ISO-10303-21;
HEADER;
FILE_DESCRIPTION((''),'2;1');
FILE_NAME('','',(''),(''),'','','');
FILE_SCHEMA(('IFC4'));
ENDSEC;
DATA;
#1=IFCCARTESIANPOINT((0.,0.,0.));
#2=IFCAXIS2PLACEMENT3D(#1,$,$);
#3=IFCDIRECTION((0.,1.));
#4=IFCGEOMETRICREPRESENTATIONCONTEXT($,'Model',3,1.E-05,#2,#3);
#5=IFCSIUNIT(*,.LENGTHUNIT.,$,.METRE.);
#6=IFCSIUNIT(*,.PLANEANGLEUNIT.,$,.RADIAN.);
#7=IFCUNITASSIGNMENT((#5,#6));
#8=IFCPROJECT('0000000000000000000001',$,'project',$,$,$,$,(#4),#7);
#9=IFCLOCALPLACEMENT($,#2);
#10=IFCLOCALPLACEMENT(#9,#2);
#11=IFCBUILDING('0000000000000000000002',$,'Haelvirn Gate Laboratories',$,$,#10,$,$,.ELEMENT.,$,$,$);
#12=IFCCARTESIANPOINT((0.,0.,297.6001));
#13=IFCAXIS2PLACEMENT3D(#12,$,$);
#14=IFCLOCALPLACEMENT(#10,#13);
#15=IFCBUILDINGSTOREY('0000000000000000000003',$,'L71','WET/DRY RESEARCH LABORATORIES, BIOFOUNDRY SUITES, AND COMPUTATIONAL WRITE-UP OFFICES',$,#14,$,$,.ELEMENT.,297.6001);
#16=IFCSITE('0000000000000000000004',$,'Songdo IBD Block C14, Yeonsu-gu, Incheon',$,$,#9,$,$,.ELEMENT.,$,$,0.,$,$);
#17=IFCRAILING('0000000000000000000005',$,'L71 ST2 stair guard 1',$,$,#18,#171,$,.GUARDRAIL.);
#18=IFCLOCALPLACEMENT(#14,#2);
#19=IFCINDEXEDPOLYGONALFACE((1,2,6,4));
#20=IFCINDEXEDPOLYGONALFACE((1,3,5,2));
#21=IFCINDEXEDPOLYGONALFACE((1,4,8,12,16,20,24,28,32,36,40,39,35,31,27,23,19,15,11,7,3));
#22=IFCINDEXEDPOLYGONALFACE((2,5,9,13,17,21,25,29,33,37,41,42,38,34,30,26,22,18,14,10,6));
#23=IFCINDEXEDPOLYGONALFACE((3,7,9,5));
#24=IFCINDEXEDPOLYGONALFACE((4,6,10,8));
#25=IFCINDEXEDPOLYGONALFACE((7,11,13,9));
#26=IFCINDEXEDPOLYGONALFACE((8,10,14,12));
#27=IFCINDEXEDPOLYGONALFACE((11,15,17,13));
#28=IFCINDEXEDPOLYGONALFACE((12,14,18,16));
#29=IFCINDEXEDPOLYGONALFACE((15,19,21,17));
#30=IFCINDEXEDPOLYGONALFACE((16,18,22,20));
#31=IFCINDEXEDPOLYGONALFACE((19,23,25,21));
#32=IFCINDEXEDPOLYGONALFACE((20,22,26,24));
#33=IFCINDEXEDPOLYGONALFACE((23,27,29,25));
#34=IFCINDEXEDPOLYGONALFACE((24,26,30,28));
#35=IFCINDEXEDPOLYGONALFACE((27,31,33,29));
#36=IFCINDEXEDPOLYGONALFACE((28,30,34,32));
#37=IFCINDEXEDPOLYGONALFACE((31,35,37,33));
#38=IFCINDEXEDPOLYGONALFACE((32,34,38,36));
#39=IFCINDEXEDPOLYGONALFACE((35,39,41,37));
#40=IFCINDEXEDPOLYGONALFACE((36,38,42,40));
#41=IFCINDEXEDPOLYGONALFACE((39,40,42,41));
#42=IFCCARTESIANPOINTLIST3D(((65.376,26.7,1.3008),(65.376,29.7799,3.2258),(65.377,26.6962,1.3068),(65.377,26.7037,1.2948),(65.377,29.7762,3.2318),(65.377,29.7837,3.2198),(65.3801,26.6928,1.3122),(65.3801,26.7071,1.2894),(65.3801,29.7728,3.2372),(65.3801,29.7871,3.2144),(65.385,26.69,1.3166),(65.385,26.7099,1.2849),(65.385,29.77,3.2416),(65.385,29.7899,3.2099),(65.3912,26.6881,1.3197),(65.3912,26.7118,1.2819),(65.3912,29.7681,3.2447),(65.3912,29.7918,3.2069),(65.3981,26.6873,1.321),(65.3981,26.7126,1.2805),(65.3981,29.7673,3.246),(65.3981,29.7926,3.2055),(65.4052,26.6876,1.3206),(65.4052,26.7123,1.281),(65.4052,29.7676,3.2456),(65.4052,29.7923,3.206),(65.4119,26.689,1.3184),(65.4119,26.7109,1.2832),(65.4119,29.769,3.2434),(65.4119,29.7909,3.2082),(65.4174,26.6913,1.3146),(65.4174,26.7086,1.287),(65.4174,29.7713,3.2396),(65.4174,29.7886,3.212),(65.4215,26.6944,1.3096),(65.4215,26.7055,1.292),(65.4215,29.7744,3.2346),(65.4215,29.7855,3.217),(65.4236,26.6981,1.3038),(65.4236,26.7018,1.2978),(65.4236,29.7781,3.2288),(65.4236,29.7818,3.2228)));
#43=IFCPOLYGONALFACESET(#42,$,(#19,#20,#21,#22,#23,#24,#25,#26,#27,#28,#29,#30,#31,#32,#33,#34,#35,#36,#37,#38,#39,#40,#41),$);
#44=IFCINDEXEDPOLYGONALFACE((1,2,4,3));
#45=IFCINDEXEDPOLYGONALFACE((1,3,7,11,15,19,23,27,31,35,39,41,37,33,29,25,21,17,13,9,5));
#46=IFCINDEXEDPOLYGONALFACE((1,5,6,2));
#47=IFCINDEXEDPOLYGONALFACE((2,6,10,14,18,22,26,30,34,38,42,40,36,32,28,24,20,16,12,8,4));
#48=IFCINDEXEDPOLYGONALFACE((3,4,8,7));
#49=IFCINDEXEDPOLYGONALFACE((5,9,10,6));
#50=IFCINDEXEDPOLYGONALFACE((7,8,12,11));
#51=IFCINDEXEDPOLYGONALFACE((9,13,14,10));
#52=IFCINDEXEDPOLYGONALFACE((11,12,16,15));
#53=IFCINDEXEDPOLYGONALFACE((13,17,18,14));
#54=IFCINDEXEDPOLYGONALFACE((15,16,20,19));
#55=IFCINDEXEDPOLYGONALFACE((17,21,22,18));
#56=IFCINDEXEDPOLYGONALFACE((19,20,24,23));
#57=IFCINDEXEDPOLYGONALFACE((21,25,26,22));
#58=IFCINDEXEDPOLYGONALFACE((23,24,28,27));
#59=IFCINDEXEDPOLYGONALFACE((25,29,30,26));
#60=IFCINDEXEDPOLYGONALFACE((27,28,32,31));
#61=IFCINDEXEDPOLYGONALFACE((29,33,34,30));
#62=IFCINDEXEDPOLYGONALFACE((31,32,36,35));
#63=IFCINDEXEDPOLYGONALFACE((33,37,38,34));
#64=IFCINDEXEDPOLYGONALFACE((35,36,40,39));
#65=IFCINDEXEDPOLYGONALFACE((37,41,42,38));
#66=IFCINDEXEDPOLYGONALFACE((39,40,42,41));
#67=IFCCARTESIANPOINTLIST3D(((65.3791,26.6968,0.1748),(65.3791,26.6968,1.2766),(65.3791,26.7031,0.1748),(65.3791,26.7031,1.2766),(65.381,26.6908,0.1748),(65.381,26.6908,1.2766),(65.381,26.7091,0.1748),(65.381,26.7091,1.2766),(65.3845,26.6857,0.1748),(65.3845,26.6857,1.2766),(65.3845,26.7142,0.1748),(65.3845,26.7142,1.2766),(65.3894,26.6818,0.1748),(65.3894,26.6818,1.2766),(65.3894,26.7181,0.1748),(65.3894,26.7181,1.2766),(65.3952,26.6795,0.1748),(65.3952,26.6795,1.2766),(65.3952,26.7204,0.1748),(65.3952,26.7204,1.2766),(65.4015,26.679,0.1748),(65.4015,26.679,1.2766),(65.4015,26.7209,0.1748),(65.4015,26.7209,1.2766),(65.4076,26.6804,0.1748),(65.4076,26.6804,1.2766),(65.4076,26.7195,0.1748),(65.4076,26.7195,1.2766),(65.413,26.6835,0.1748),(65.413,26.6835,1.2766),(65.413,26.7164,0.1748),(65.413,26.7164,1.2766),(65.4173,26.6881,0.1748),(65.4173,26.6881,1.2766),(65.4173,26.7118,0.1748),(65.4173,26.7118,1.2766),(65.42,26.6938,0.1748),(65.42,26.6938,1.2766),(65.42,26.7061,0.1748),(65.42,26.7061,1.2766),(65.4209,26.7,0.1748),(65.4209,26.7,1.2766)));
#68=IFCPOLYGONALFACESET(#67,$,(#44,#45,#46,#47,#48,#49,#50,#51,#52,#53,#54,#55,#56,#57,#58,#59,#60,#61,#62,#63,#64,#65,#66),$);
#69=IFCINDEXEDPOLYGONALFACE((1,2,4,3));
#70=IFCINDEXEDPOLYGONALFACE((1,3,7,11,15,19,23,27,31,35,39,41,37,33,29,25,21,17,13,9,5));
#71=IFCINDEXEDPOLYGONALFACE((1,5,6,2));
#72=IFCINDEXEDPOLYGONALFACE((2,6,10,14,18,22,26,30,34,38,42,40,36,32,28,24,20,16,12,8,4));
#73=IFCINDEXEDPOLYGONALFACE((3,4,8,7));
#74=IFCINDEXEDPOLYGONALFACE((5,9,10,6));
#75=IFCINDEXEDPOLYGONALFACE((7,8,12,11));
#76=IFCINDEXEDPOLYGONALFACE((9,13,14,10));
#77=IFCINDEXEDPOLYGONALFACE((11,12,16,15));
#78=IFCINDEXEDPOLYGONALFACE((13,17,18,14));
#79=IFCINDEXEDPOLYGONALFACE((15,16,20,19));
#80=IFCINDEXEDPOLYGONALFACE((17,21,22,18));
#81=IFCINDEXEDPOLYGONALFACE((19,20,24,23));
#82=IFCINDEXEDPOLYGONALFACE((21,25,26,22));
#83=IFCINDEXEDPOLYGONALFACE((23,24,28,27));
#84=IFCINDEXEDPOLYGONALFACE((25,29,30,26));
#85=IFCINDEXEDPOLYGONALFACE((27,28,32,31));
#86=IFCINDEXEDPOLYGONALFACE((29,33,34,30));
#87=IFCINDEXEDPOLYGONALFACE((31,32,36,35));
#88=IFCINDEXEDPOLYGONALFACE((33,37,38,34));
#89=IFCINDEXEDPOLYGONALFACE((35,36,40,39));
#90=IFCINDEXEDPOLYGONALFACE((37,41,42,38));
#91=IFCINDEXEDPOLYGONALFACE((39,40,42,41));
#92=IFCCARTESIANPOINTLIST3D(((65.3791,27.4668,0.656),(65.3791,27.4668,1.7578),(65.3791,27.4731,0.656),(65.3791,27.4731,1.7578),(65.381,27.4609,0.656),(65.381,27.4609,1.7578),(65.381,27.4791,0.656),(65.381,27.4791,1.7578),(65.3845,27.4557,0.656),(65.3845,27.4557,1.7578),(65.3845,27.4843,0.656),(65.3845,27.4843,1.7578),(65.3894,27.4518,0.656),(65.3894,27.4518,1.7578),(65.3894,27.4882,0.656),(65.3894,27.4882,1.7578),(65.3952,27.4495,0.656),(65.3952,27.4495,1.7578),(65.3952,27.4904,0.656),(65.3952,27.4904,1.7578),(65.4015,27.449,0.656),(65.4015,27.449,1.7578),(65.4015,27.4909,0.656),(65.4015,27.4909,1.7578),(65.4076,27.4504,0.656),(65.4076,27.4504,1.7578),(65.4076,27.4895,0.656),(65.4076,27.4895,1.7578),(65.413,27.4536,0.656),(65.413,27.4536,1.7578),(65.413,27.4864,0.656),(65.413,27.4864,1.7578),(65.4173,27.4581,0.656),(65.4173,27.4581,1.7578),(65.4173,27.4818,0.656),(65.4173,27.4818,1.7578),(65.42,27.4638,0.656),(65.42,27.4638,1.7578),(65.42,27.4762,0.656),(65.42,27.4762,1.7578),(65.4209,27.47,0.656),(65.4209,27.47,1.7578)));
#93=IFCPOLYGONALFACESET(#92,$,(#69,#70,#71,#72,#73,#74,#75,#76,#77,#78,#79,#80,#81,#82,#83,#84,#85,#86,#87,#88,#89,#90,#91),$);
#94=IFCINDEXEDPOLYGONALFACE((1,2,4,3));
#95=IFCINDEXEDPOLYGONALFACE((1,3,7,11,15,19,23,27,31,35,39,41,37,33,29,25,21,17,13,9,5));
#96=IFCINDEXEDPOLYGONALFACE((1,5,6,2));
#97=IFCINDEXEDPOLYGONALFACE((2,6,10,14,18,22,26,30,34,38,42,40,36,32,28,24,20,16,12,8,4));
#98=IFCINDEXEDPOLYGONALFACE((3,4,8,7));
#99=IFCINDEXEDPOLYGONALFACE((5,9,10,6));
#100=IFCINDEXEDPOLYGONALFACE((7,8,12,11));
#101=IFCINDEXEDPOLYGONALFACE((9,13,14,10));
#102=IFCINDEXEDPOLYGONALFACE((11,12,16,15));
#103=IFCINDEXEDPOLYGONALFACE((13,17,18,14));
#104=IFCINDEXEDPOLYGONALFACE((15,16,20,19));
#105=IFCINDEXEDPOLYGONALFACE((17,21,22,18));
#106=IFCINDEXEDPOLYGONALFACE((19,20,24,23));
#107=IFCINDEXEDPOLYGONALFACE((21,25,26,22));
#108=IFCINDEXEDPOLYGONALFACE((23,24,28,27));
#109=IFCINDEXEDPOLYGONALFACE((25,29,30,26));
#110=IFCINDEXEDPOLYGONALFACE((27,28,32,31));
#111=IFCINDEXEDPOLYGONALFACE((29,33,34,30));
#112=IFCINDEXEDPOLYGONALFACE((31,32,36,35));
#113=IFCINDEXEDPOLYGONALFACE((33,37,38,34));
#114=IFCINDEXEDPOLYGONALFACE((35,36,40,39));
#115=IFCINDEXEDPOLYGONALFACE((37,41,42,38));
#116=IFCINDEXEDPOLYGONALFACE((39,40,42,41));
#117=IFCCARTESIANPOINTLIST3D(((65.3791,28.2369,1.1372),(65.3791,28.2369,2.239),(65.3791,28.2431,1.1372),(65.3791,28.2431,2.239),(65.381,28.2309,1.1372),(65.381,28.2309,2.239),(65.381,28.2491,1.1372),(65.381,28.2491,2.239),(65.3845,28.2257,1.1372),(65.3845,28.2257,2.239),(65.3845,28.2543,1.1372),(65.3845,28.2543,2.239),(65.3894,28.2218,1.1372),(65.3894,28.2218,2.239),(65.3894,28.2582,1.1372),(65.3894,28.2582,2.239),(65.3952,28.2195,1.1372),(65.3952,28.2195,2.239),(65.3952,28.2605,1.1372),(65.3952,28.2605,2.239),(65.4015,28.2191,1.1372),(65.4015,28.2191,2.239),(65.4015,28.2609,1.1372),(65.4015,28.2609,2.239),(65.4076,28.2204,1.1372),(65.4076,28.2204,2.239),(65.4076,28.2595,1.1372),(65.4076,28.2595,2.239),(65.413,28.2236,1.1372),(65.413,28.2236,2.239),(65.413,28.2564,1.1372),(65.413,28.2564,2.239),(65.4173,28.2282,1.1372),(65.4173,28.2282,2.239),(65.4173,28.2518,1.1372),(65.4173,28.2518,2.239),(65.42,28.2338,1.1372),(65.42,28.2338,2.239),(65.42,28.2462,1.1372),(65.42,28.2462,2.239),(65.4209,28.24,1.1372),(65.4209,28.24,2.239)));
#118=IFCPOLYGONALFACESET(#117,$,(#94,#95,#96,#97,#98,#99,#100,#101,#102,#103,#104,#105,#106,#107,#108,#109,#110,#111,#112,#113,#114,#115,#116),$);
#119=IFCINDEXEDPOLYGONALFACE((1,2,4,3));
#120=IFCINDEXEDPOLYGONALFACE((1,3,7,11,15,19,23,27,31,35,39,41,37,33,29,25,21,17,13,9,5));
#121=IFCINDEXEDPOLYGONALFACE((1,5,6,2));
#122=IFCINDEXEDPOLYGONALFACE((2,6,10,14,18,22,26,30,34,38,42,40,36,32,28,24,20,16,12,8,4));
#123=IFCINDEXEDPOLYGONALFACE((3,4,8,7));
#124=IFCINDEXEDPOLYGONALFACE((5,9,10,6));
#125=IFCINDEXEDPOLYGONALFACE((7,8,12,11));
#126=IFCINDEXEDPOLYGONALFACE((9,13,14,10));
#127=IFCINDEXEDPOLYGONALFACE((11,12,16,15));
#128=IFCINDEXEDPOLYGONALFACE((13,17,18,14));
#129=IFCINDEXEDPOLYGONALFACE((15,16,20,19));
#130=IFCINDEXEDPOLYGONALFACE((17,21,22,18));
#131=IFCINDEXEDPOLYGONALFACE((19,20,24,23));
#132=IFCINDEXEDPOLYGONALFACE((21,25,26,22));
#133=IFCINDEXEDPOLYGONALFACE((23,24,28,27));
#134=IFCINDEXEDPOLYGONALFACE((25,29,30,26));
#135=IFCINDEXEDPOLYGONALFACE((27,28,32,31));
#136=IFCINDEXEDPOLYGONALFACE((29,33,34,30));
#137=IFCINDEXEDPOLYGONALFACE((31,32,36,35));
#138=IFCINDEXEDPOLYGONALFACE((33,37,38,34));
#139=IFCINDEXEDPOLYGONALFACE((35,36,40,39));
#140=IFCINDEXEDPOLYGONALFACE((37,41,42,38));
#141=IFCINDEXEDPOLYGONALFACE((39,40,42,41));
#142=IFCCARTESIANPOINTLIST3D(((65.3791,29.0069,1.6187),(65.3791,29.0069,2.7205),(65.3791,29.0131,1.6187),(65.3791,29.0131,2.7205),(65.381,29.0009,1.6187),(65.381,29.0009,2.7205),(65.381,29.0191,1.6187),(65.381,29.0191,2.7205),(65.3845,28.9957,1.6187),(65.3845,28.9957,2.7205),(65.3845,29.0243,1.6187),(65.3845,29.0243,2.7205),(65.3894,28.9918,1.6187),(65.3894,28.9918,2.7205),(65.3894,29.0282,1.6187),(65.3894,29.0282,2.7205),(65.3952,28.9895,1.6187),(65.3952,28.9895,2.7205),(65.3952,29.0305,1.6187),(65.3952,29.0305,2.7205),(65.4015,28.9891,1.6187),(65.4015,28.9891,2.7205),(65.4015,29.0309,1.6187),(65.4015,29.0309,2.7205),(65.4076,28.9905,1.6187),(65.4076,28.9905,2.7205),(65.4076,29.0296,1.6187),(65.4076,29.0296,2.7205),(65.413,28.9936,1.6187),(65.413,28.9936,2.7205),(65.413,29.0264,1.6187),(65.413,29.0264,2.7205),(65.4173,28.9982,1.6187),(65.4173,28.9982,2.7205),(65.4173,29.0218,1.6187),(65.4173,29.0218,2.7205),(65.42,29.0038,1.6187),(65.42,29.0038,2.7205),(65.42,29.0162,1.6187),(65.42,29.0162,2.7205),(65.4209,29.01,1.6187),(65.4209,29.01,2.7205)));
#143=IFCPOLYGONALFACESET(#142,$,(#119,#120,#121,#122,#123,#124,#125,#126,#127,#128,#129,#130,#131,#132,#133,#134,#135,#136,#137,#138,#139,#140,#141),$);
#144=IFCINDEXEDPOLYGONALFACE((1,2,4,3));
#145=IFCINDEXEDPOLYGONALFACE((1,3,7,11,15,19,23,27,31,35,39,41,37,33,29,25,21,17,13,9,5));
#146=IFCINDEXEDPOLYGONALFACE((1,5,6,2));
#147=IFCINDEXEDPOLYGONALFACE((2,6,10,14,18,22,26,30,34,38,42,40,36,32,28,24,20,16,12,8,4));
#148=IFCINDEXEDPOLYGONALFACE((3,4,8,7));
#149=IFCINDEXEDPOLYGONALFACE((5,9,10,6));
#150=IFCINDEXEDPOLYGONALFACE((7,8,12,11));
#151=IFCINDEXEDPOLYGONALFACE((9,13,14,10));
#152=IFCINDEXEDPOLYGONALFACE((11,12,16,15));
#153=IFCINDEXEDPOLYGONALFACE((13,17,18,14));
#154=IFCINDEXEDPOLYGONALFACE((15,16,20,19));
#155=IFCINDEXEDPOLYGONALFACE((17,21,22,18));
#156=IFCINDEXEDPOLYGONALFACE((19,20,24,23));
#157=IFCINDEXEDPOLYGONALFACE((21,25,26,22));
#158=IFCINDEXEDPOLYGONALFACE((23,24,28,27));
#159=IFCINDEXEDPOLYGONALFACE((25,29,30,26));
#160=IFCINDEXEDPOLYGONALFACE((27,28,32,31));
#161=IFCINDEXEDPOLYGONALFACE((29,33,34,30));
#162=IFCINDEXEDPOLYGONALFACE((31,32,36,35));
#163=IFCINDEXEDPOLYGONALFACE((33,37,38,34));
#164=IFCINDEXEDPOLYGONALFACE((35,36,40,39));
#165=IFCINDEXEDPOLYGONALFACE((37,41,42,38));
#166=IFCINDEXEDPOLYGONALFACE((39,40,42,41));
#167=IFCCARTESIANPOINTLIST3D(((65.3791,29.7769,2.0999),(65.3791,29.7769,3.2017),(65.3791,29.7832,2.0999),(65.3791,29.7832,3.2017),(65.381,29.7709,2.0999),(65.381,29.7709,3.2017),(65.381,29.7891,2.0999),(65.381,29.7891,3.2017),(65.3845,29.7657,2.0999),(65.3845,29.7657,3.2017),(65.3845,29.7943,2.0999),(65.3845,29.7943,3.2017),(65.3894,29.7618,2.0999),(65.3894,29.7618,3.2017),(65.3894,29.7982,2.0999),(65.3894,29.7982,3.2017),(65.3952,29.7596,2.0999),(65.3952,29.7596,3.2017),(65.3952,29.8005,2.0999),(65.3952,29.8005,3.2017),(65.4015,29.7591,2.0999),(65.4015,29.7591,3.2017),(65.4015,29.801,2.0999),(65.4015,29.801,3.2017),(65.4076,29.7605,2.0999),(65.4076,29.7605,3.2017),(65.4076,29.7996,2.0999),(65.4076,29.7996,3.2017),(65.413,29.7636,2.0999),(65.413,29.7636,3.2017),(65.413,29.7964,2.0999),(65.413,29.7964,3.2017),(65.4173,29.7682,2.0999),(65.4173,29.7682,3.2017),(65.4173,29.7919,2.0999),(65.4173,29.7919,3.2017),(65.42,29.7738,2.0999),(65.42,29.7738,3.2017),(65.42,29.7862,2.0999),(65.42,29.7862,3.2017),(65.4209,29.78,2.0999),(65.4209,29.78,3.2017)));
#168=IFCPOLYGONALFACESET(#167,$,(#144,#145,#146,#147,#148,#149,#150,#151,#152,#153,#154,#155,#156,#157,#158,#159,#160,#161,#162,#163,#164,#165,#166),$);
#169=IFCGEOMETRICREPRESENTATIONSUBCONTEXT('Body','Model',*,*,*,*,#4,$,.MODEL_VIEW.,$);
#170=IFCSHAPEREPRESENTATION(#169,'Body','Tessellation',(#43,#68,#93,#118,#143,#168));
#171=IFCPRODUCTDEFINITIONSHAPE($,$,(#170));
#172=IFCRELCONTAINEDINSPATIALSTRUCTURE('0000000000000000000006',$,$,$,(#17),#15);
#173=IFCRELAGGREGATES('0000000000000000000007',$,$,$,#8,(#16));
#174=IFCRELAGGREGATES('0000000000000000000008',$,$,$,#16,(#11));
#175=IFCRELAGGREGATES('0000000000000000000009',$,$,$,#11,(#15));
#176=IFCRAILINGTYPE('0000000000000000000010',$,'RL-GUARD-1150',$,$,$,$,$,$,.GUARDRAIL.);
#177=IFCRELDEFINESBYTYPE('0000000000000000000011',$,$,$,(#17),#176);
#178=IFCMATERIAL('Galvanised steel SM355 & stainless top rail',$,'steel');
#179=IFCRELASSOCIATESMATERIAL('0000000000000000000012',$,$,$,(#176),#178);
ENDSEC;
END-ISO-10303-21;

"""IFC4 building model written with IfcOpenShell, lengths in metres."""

from ifc_helpers import new_model, si_unit, direction, frame, origin, origin_2d, place, context, subcontext, project, spatial, circle, extrude, source, transform, mapped, material, type_object, element, save


model = new_model("IFC4")

# Units and contexts
model_context = context("Model", 3, precision=1e-05, world=origin(), true_north=direction((0.0, 1.0)))
body_context = subcontext(model_context, "Body", "Model", "MODEL_VIEW")
ifc_project = project(units=[si_unit("LENGTHUNIT", "METRE"), si_unit("PLANEANGLEUNIT", "RADIAN")], contexts=[model_context])

# Site, building, storey
site_placement = place(None, origin())
site = spatial("IfcSite", under=ifc_project, at=site_placement, Name="Songdo IBD Block C14, Yeonsu-gu, Incheon", CompositionType="ELEMENT", RefElevation=0.0)
building_placement = place(site_placement, origin())
building = spatial("IfcBuilding", under=site, at=building_placement, Name="Haelvirn Gate Laboratories", CompositionType="ELEMENT")
storey_placement = place(building_placement, frame((0.0, 0.0, 297.6001)))
storey = spatial("IfcBuildingStorey", under=building, at=storey_placement, Name="L71", Description="WET/DRY RESEARCH LABORATORIES, BIOFOUNDRY SUITES, AND COMPUTATIONAL WRITE-UP OFFICES", CompositionType="ELEMENT", Elevation=297.6001)

# Railing
ifc_material_1 = material(Name="Galvanised steel SM355 & stainless top rail", Category="steel")
railing_type_1 = type_object("IfcRailingType", Name="RL-GUARD-1150", PredefinedType="GUARDRAIL", material=ifc_material_1)
shared_shape_1 = source(origin(), body_context, "Body", "SweptSolid", [
    extrude(circle(Radius=0.0239, at=origin_2d()), frame((0.0, 0.0, 1.126), z_axis=(0.0, 0.847998, 0.529999), x_axis=(-1.0, 0.0, 0.0)), (0.0, 0.0, 1.0), 3.6321),
    extrude(circle(Radius=0.021, at=origin_2d()), origin(), (0.0, 0.0, 1.0), 1.1018),
    extrude(circle(Radius=0.021, at=origin_2d()), frame((0.0, 0.77, 0.4812)), (0.0, 0.0, 1.0), 1.1018),
    extrude(circle(Radius=0.021, at=origin_2d()), frame((0.0, 1.54, 0.9624)), (0.0, 0.0, 1.0), 1.1018),
    extrude(circle(Radius=0.021, at=origin_2d()), frame((0.0, 2.3101, 1.4438)), (0.0, 0.0, 1.0), 1.1018),
    extrude(circle(Radius=0.021, at=origin_2d()), frame((0.0, 3.0801, 1.925)), (0.0, 0.0, 1.0), 1.1018),
])
railing_1_placement = place(storey_placement, frame((65.3999, 26.7, 0.1748)))
element("IfcRailing", 1, at=railing_1_placement, inside=storey, type_object=railing_type_1, Name="L71 ST2 stair guard 1", PredefinedType="GUARDRAIL", context=body_context, shape_type="MappedRepresentation", body=[
    mapped(shared_shape_1, transform((0.0, 0.0, 0.0), scale=1.0)),
])

save(model, "model.ifc")
